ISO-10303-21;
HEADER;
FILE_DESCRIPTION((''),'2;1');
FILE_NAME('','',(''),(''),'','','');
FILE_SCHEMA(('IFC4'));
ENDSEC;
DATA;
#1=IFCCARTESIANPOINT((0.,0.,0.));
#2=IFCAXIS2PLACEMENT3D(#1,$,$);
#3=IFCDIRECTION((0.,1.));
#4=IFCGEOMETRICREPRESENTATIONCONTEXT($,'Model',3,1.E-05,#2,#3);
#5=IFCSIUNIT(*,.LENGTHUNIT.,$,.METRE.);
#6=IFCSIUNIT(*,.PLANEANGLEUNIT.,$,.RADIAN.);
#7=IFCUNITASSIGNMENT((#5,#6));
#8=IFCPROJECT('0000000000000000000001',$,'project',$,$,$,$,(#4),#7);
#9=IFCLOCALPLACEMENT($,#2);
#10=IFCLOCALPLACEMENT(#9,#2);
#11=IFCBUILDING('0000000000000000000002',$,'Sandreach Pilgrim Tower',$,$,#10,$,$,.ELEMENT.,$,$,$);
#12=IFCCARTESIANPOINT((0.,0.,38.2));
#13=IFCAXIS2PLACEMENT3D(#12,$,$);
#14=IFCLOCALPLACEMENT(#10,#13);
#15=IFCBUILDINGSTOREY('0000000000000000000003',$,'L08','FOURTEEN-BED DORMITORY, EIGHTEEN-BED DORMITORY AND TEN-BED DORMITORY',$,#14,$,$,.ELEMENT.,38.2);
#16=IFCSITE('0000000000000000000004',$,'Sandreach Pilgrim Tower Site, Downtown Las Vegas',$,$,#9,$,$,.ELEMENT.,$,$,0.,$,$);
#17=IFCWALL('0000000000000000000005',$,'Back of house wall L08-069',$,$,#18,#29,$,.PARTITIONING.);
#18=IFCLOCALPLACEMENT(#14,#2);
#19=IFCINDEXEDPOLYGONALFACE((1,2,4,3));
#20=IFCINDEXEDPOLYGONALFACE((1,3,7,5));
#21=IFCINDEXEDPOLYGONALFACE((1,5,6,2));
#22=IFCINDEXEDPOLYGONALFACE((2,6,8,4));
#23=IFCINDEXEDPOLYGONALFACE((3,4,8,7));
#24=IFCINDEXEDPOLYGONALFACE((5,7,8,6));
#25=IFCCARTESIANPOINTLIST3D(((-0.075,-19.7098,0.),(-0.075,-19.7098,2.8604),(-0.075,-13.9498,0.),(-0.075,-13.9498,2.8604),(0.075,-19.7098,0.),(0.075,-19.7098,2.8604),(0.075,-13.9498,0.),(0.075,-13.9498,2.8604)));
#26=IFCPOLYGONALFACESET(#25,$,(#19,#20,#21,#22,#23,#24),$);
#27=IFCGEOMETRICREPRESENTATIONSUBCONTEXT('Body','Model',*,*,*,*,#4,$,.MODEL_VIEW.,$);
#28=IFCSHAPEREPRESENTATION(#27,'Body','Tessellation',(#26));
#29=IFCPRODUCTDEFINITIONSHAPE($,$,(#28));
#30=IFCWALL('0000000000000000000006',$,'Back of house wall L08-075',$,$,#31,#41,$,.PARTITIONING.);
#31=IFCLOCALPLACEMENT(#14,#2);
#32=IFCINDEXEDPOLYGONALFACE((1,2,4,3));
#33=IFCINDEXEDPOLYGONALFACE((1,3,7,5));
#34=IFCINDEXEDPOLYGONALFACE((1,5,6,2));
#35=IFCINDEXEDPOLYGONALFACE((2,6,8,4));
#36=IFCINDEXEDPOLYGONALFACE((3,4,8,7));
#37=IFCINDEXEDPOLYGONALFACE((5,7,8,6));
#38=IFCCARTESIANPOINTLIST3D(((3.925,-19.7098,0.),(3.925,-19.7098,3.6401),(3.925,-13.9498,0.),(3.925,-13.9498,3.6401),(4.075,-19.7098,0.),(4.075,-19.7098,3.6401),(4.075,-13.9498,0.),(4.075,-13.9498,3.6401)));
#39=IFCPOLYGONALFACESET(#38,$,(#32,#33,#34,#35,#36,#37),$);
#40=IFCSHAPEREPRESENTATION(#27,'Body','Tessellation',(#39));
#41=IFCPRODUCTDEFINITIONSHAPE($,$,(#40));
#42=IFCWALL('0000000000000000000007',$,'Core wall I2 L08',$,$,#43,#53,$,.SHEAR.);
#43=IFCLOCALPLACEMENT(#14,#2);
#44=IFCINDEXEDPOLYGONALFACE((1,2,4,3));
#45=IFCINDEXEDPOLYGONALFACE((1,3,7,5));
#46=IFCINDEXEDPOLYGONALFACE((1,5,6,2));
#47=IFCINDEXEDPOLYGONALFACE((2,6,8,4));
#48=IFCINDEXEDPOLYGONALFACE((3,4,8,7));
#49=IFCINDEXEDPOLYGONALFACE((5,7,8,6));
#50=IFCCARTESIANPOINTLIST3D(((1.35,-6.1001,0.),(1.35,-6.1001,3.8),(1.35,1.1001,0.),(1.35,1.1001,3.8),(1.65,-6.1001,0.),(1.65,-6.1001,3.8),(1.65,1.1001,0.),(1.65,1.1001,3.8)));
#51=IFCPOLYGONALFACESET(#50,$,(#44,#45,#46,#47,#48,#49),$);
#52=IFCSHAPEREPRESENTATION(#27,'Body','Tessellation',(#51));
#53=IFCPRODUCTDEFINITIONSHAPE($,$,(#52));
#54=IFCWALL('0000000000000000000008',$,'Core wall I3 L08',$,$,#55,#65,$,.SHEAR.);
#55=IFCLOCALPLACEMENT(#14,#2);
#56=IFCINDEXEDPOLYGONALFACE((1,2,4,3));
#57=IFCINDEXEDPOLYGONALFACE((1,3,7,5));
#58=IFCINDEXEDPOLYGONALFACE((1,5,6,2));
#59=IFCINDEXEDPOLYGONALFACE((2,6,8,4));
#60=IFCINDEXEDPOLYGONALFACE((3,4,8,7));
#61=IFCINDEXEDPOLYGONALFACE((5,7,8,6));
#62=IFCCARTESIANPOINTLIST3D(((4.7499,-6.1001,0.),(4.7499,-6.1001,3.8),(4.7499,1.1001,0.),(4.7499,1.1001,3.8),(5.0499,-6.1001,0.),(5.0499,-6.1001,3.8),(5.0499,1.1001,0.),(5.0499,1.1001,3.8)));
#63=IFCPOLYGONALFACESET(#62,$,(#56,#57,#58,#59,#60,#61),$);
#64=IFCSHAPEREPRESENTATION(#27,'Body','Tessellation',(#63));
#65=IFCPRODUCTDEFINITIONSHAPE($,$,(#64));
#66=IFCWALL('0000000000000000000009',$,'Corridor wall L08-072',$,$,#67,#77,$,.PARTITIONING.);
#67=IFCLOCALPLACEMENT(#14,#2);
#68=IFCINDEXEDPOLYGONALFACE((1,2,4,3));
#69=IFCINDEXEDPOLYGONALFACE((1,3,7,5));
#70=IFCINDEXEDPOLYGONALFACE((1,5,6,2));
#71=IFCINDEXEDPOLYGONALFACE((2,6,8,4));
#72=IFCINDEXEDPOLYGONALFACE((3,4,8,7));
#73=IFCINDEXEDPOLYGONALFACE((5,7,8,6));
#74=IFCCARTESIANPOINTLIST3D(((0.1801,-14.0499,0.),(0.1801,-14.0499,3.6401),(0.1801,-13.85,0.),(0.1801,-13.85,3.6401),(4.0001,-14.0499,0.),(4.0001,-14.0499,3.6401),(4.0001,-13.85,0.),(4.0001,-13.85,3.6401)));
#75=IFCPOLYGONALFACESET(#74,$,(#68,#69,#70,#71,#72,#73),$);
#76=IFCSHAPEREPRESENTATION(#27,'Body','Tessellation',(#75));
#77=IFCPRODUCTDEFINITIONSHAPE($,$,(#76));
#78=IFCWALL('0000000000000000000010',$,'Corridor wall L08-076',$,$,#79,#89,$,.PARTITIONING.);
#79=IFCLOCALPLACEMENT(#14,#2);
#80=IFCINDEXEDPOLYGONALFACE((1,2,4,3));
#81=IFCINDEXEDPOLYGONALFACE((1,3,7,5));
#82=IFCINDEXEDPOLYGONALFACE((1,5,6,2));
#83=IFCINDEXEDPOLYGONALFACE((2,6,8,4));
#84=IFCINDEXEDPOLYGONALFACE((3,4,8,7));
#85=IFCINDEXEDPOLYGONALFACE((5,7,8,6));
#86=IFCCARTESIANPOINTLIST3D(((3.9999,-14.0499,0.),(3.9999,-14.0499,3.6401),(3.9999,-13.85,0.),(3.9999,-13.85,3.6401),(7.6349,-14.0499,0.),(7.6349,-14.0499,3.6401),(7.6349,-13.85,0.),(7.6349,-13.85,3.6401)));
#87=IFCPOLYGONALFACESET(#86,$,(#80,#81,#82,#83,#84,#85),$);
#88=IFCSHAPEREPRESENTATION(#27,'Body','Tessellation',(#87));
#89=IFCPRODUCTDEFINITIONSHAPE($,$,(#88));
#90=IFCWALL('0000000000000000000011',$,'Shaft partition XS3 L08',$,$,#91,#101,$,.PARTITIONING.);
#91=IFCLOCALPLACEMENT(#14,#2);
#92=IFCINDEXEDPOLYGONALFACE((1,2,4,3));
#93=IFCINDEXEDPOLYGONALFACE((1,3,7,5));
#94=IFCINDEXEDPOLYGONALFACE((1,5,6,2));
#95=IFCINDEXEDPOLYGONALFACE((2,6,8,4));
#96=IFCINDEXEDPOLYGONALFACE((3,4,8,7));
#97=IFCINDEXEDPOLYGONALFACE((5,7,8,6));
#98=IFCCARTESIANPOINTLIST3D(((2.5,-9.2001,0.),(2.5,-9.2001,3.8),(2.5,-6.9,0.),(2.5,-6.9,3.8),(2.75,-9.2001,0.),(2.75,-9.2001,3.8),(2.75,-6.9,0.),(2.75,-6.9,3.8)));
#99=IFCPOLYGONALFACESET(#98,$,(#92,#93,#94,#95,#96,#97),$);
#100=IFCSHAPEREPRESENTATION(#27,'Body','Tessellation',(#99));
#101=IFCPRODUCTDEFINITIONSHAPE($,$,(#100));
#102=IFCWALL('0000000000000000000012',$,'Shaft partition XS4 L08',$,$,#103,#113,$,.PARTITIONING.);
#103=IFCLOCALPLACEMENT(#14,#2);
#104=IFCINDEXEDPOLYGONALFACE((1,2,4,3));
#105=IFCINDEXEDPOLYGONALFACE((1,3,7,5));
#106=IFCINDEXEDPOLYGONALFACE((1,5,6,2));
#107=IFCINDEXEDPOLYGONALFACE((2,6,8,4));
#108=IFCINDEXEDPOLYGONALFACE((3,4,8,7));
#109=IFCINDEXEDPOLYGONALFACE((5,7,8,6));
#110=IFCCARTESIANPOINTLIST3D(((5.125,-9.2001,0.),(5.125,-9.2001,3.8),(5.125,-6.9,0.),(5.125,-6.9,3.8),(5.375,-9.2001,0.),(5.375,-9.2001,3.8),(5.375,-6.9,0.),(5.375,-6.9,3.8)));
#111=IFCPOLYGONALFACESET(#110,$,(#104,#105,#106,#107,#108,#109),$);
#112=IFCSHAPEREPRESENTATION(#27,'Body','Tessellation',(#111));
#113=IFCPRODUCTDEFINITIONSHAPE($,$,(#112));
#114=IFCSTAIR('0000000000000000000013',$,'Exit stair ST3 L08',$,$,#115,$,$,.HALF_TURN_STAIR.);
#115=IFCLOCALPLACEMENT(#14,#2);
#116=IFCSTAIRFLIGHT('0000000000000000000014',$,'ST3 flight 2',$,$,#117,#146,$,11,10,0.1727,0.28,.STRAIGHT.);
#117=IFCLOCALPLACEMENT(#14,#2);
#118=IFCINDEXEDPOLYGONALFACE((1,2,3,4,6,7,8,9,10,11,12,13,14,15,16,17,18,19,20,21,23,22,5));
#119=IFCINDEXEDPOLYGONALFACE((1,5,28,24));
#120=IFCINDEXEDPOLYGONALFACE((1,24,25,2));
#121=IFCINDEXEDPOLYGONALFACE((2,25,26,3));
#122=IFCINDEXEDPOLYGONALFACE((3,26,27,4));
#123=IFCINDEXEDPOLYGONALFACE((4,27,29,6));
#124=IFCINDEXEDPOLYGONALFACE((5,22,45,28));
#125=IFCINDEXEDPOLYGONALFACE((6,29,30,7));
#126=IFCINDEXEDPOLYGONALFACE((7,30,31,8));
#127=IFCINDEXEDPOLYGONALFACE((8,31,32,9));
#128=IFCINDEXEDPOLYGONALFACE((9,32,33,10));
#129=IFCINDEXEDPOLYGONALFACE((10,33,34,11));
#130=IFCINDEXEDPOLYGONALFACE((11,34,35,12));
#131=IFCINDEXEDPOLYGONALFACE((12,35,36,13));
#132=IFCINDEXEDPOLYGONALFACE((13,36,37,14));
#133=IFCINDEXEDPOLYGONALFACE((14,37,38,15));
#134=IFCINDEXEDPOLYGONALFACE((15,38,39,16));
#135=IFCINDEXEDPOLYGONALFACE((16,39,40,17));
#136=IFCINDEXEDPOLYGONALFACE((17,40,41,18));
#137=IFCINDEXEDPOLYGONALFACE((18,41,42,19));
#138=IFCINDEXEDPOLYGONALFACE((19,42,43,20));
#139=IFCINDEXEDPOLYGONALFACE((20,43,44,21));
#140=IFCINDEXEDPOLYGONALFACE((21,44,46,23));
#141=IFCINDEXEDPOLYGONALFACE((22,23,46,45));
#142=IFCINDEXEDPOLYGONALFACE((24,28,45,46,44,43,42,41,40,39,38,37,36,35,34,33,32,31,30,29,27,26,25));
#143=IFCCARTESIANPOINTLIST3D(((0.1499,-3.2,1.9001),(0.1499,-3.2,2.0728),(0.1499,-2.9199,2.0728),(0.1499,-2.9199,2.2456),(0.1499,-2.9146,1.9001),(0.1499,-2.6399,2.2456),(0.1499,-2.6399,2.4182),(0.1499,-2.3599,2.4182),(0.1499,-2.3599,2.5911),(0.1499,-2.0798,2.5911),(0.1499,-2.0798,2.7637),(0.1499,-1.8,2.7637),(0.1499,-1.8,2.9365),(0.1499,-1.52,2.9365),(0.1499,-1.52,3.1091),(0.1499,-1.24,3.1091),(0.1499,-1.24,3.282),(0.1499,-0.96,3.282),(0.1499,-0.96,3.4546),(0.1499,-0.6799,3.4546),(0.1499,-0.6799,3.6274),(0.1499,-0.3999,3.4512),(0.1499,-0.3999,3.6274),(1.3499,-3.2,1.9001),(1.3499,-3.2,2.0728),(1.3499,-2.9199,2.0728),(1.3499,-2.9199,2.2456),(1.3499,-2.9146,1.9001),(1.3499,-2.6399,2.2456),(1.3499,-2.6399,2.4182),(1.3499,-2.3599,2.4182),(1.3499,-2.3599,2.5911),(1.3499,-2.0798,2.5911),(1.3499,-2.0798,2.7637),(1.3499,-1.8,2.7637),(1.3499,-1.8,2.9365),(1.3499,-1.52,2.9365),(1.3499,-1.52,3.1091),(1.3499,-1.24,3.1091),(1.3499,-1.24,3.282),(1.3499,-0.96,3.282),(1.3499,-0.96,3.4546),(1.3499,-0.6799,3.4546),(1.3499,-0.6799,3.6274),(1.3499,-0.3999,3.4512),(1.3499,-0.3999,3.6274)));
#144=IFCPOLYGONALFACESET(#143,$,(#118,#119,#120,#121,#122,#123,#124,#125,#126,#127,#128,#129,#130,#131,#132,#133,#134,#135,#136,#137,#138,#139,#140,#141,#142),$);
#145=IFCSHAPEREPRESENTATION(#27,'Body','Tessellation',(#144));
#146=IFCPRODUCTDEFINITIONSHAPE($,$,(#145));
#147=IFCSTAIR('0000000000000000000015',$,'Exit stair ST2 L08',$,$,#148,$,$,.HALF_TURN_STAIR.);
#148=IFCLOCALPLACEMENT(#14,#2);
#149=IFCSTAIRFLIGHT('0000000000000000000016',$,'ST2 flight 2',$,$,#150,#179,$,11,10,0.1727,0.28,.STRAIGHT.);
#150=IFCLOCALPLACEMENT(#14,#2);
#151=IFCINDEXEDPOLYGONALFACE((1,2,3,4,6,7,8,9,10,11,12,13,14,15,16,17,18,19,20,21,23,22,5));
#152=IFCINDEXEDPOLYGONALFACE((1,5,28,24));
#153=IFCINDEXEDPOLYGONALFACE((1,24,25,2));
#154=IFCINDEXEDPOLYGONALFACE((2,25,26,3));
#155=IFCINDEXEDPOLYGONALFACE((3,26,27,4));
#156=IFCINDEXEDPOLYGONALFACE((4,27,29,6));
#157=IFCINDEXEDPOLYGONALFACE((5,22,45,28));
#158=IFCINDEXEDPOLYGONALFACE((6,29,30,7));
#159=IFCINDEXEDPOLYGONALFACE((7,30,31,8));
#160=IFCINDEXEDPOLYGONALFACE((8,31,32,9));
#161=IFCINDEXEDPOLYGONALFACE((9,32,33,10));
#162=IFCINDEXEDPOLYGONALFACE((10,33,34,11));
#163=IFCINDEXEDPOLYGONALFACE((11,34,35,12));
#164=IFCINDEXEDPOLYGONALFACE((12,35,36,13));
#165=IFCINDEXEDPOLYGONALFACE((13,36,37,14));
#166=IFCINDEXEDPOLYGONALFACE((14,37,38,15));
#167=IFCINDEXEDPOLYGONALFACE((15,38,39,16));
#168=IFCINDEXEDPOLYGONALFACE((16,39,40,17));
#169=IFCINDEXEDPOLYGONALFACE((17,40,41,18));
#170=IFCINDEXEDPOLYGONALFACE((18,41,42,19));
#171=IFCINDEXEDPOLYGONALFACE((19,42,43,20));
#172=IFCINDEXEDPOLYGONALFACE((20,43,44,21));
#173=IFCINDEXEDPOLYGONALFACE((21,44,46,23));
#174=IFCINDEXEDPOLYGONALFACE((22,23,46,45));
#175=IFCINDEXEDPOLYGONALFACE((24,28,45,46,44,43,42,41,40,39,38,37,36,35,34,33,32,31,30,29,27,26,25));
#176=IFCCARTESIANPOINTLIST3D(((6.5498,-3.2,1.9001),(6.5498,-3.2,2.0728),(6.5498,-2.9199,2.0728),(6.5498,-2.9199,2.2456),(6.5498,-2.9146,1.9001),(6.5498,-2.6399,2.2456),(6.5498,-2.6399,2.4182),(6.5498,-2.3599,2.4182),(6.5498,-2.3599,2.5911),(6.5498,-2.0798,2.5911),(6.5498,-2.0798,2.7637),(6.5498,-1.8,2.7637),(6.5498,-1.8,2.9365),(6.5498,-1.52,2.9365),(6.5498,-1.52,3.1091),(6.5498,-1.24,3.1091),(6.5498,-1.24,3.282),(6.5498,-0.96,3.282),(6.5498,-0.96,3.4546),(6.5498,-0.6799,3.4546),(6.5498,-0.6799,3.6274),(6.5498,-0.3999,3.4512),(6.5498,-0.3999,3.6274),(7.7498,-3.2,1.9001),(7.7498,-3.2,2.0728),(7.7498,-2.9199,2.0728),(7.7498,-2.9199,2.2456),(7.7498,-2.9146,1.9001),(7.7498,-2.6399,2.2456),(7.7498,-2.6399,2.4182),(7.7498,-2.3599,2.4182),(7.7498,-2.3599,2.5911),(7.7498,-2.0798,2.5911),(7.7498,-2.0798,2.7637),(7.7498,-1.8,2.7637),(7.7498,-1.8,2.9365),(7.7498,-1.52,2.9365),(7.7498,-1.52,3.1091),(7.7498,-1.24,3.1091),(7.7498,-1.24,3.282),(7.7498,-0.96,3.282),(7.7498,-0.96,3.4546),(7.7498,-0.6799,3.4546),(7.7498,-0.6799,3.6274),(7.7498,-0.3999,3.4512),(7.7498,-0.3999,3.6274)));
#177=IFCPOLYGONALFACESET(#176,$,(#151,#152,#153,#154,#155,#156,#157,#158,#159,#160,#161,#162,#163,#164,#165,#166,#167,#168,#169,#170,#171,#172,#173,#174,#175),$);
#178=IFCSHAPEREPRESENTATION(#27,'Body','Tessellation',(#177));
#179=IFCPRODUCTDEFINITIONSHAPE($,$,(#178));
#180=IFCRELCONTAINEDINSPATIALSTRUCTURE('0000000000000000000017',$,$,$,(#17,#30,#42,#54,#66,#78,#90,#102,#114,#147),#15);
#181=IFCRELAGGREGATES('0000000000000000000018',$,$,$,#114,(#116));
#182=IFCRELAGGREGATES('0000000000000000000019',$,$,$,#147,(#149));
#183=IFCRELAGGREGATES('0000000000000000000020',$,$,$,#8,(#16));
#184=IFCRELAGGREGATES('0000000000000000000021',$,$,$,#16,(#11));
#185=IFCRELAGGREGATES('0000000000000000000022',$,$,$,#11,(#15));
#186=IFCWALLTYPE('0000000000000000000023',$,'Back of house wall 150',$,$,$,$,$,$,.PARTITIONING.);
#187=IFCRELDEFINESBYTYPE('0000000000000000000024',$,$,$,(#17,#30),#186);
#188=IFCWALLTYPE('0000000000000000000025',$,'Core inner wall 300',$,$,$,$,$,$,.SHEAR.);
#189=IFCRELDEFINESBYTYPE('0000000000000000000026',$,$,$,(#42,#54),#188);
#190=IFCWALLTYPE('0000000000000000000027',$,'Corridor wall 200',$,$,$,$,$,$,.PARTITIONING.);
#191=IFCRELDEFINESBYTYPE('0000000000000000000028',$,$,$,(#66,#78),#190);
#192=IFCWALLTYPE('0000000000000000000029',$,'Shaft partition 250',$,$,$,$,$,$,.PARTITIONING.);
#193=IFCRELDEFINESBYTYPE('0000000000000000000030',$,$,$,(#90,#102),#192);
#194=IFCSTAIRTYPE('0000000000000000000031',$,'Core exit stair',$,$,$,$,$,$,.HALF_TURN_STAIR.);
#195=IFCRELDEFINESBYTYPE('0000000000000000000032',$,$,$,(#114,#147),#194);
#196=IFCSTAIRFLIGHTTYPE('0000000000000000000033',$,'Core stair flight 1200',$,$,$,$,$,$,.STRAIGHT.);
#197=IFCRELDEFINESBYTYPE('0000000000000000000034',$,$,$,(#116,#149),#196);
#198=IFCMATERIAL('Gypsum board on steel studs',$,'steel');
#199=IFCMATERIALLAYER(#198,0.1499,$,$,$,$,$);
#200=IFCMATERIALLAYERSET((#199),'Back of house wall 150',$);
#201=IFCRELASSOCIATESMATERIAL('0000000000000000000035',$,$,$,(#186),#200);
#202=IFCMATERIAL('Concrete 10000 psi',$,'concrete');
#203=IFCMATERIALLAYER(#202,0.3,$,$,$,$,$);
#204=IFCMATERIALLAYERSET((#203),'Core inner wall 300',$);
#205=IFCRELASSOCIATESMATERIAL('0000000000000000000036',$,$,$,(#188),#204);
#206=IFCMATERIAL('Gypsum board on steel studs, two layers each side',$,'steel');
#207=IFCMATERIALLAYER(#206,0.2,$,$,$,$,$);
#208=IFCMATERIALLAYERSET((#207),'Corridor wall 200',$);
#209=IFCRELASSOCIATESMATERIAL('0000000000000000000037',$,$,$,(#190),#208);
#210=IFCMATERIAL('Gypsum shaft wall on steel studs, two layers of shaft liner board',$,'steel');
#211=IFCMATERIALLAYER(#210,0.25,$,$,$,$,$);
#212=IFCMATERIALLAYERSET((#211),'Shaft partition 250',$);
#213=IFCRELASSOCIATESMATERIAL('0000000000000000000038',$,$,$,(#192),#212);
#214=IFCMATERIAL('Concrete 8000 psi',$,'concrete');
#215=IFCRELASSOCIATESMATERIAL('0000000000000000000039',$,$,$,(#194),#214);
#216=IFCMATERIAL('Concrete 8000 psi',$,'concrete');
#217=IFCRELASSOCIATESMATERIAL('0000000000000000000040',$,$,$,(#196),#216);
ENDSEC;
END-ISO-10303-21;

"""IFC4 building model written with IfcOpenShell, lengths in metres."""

from ifc_helpers import new_model, si_unit, direction, frame, frame_2d, origin, place, context, subcontext, project, spatial, polyline, rectangle, outline, extrude, material, layer, layer_set, type_object, element, aggregate, save


model = new_model("IFC4")

# Units and contexts
model_context = context("Model", 3, precision=1e-05, world=origin(), true_north=direction((0.0, 1.0)))
body_context = subcontext(model_context, "Body", "Model", "MODEL_VIEW")
ifc_project = project(units=[si_unit("LENGTHUNIT", "METRE"), si_unit("PLANEANGLEUNIT", "RADIAN")], contexts=[model_context])

# Site, building, storey
site_placement = place(None, origin())
site = spatial("IfcSite", under=ifc_project, at=site_placement, Name="Sandreach Pilgrim Tower Site, Downtown Las Vegas", CompositionType="ELEMENT", RefElevation=0.0)
building_placement = place(site_placement, origin())
building = spatial("IfcBuilding", under=site, at=building_placement, Name="Sandreach Pilgrim Tower", CompositionType="ELEMENT")
storey_placement = place(building_placement, frame((0.0, 0.0, 38.2)))
storey = spatial("IfcBuildingStorey", under=building, at=storey_placement, Name="L08", Description="FOURTEEN-BED DORMITORY, EIGHTEEN-BED DORMITORY AND TEN-BED DORMITORY", CompositionType="ELEMENT", Elevation=38.2)

# Walls
ifc_material_1 = material(Name="Gypsum board on steel studs", Category="steel")
ifc_layer_1 = layer(ifc_material_1, 0.1499)
ifc_layer_set_1 = layer_set([ifc_layer_1], Name="Back of house wall 150")
wall_type_1 = type_object("IfcWallType", Name="Back of house wall 150", PredefinedType="PARTITIONING", material=ifc_layer_set_1)
wall_1_placement = place(storey_placement, frame((0.0, -13.95, 0.0), z_axis=(0.0, 0.0, 1.0), x_axis=(0.0, -1.0, 0.0)))
element("IfcWall", 1, at=wall_1_placement, inside=storey, type_object=wall_type_1, Name="Back of house wall L08-069", PredefinedType="PARTITIONING", context=body_context, shape_type="SweptSolid", body=[
    extrude(rectangle(XDim=5.76, YDim=0.1499, at=frame_2d((2.8799, 0.0))), origin(), (0.0, 0.0, 1.0), 2.8604),
])
wall_2_placement = place(storey_placement, frame((4.0, -13.95, 0.0), z_axis=(0.0, 0.0, 1.0), x_axis=(0.0, -1.0, 0.0)))
element("IfcWall", 2, at=wall_2_placement, inside=storey, type_object=wall_type_1, Name="Back of house wall L08-075", PredefinedType="PARTITIONING", context=body_context, shape_type="SweptSolid", body=[
    extrude(rectangle(XDim=5.76, YDim=0.1499, at=frame_2d((2.8799, 0.0))), origin(), (0.0, 0.0, 1.0), 3.6401),
])
ifc_material_2 = material(Name="Concrete 10000 psi", Category="concrete")
ifc_layer_2 = layer(ifc_material_2, 0.3)
ifc_layer_set_2 = layer_set([ifc_layer_2], Name="Core inner wall 300")
wall_type_2 = type_object("IfcWallType", Name="Core inner wall 300", PredefinedType="SHEAR", material=ifc_layer_set_2)
for number, where, z_axis, x_axis, name in (
    (3, (1.5, -6.1001, 0.0), (0.0, 0.0, 1.0), (0.0, 1.0, 0.0), "Core wall I2 L08"),
    (4, (4.8999, -6.1001, 0.0), (0.0, 0.0, 1.0), (0.0, 1.0, 0.0), "Core wall I3 L08"),
):
    element("IfcWall", number, at=place(storey_placement, frame(where, z_axis=z_axis, x_axis=x_axis)), inside=storey, type_object=wall_type_2, Name=name, PredefinedType="SHEAR", context=body_context, shape_type="SweptSolid", body=[
        extrude(rectangle(XDim=7.2002, YDim=0.3, at=frame_2d((3.6001, 0.0))), origin(), (0.0, 0.0, 1.0), 3.8),
    ])

# Wall
ifc_material_3 = material(Name="Gypsum board on steel studs, two layers each side", Category="steel")
ifc_layer_3 = layer(ifc_material_3, 0.2)
ifc_layer_set_3 = layer_set([ifc_layer_3], Name="Corridor wall 200")
wall_type_3 = type_object("IfcWallType", Name="Corridor wall 200", PredefinedType="PARTITIONING", material=ifc_layer_set_3)
wall_3_placement = place(storey_placement, frame((0.1799, -13.95, 0.0), z_axis=(0.0, 0.0, 1.0), x_axis=(1.0, 0.0, 0.0)))
element("IfcWall", 5, at=wall_3_placement, inside=storey, type_object=wall_type_3, Name="Corridor wall L08-072", PredefinedType="PARTITIONING", context=body_context, shape_type="SweptSolid", body=[
    extrude(rectangle(XDim=3.8201, YDim=0.2, at=frame_2d((1.9102, 0.0))), origin(), (0.0, 0.0, 1.0), 3.6401),
])

# Walls
wall_4_placement = place(storey_placement, frame((4.0, -13.95, 0.0), z_axis=(0.0, 0.0, 1.0), x_axis=(1.0, 0.0, 0.0)))
element("IfcWall", 6, at=wall_4_placement, inside=storey, type_object=wall_type_3, Name="Corridor wall L08-076", PredefinedType="PARTITIONING", context=body_context, shape_type="SweptSolid", body=[
    extrude(rectangle(XDim=3.635, YDim=0.2, at=frame_2d((1.8174, 0.0))), origin(), (0.0, 0.0, 1.0), 3.6401),
])
ifc_material_4 = material(Name="Gypsum shaft wall on steel studs, two layers of shaft liner board", Category="steel")
ifc_layer_4 = layer(ifc_material_4, 0.25)
ifc_layer_set_4 = layer_set([ifc_layer_4], Name="Shaft partition 250")
wall_type_4 = type_object("IfcWallType", Name="Shaft partition 250", PredefinedType="PARTITIONING", material=ifc_layer_set_4)
for number, where, z_axis, x_axis, name in (
    (7, (2.625, -9.2, 0.0), (0.0, 0.0, 1.0), (0.0, 1.0, 0.0), "Shaft partition XS3 L08"),
    (8, (5.25, -9.2, 0.0), (0.0, 0.0, 1.0), (0.0, 1.0, 0.0), "Shaft partition XS4 L08"),
):
    element("IfcWall", number, at=place(storey_placement, frame(where, z_axis=z_axis, x_axis=x_axis)), inside=storey, type_object=wall_type_4, Name=name, PredefinedType="PARTITIONING", context=body_context, shape_type="SweptSolid", body=[
        extrude(rectangle(XDim=2.3, YDim=0.25, at=frame_2d((1.1499, 0.0))), origin(), (0.0, 0.0, 1.0), 3.8),
    ])

# Stairs, stair flights
ifc_material_5 = material(Name="Concrete 8000 psi", Category="concrete")
stair_type = type_object("IfcStairType", Name="Core exit stair", PredefinedType="HALF_TURN_STAIR", material=ifc_material_5)
stair_1_placement = place(storey_placement, origin())
stair_1 = element("IfcStair", 9, at=stair_1_placement, inside=storey, type_object=stair_type, Name="Exit stair ST3 L08", PredefinedType="HALF_TURN_STAIR")
ifc_material_6 = material(Name="Concrete 8000 psi", Category="concrete")
stair_flight_type = type_object("IfcStairFlightType", Name="Core stair flight 1200", PredefinedType="STRAIGHT", material=ifc_material_6)
stair_flight_1_placement = place(storey_placement, frame((0.75, -3.2, 1.9001), z_axis=(0.0, 0.0, 1.0), x_axis=(0.0, 1.0, 0.0)))
stair_flight_1 = element("IfcStairFlight", 10, at=stair_flight_1_placement, type_object=stair_flight_type, Name="ST3 flight 2", NumberOfRisers=11, NumberOfTreads=10, PredefinedType="STRAIGHT", RiserHeight=0.1727, TreadLength=0.28, context=body_context, shape_type="SweptSolid", body=[
    extrude(outline(polyline([(0.0, 0.0), (0.0, 0.1726), (0.28, 0.1726), (0.28, 0.3455), (0.5601, 0.3455), (0.5601, 0.5181), (0.8401, 0.5181), (0.8401, 0.6909), (1.1201, 0.6909), (1.1201, 0.8635), (1.3999, 0.8635), (1.3999, 1.0364), (1.6799, 1.0364), (1.6799, 1.209), (1.96, 1.209), (1.96, 1.3818), (2.24, 1.3818), (2.24, 1.5544), (2.52, 1.5544), (2.52, 1.7273), (2.8, 1.7273), (2.8, 1.8999), (2.8, 1.551), (0.2854, 0.0), (0.0, 0.0)])), frame((0.0, 0.6001, 0.0), z_axis=(0.0, -1.0, 0.0), x_axis=(1.0, 0.0, 0.0)), (0.0, 0.0, 1.0), 1.2),
])
aggregate(stair_1, [stair_flight_1])
stair_2_placement = place(storey_placement, origin())
stair_2 = element("IfcStair", 11, at=stair_2_placement, inside=storey, type_object=stair_type, Name="Exit stair ST2 L08", PredefinedType="HALF_TURN_STAIR")
stair_flight_2_placement = place(storey_placement, frame((7.1499, -3.2, 1.9001), z_axis=(0.0, 0.0, 1.0), x_axis=(0.0, 1.0, 0.0)))
stair_flight_2 = element("IfcStairFlight", 12, at=stair_flight_2_placement, type_object=stair_flight_type, Name="ST2 flight 2", NumberOfRisers=11, NumberOfTreads=10, PredefinedType="STRAIGHT", RiserHeight=0.1727, TreadLength=0.28, context=body_context, shape_type="SweptSolid", body=[
    extrude(outline(polyline([(0.0, 0.0), (0.0, 0.1726), (0.28, 0.1726), (0.28, 0.3455), (0.5601, 0.3455), (0.5601, 0.5181), (0.8401, 0.5181), (0.8401, 0.6909), (1.1201, 0.6909), (1.1201, 0.8635), (1.3999, 0.8635), (1.3999, 1.0364), (1.6799, 1.0364), (1.6799, 1.209), (1.96, 1.209), (1.96, 1.3818), (2.24, 1.3818), (2.24, 1.5544), (2.52, 1.5544), (2.52, 1.7273), (2.8, 1.7273), (2.8, 1.8999), (2.8, 1.551), (0.2854, 0.0), (0.0, 0.0)])), frame((0.0, 0.6001, 0.0), z_axis=(0.0, -1.0, 0.0), x_axis=(1.0, 0.0, 0.0)), (0.0, 0.0, 1.0), 1.2),
])
aggregate(stair_2, [stair_flight_2])

save(model, "model.ifc")
